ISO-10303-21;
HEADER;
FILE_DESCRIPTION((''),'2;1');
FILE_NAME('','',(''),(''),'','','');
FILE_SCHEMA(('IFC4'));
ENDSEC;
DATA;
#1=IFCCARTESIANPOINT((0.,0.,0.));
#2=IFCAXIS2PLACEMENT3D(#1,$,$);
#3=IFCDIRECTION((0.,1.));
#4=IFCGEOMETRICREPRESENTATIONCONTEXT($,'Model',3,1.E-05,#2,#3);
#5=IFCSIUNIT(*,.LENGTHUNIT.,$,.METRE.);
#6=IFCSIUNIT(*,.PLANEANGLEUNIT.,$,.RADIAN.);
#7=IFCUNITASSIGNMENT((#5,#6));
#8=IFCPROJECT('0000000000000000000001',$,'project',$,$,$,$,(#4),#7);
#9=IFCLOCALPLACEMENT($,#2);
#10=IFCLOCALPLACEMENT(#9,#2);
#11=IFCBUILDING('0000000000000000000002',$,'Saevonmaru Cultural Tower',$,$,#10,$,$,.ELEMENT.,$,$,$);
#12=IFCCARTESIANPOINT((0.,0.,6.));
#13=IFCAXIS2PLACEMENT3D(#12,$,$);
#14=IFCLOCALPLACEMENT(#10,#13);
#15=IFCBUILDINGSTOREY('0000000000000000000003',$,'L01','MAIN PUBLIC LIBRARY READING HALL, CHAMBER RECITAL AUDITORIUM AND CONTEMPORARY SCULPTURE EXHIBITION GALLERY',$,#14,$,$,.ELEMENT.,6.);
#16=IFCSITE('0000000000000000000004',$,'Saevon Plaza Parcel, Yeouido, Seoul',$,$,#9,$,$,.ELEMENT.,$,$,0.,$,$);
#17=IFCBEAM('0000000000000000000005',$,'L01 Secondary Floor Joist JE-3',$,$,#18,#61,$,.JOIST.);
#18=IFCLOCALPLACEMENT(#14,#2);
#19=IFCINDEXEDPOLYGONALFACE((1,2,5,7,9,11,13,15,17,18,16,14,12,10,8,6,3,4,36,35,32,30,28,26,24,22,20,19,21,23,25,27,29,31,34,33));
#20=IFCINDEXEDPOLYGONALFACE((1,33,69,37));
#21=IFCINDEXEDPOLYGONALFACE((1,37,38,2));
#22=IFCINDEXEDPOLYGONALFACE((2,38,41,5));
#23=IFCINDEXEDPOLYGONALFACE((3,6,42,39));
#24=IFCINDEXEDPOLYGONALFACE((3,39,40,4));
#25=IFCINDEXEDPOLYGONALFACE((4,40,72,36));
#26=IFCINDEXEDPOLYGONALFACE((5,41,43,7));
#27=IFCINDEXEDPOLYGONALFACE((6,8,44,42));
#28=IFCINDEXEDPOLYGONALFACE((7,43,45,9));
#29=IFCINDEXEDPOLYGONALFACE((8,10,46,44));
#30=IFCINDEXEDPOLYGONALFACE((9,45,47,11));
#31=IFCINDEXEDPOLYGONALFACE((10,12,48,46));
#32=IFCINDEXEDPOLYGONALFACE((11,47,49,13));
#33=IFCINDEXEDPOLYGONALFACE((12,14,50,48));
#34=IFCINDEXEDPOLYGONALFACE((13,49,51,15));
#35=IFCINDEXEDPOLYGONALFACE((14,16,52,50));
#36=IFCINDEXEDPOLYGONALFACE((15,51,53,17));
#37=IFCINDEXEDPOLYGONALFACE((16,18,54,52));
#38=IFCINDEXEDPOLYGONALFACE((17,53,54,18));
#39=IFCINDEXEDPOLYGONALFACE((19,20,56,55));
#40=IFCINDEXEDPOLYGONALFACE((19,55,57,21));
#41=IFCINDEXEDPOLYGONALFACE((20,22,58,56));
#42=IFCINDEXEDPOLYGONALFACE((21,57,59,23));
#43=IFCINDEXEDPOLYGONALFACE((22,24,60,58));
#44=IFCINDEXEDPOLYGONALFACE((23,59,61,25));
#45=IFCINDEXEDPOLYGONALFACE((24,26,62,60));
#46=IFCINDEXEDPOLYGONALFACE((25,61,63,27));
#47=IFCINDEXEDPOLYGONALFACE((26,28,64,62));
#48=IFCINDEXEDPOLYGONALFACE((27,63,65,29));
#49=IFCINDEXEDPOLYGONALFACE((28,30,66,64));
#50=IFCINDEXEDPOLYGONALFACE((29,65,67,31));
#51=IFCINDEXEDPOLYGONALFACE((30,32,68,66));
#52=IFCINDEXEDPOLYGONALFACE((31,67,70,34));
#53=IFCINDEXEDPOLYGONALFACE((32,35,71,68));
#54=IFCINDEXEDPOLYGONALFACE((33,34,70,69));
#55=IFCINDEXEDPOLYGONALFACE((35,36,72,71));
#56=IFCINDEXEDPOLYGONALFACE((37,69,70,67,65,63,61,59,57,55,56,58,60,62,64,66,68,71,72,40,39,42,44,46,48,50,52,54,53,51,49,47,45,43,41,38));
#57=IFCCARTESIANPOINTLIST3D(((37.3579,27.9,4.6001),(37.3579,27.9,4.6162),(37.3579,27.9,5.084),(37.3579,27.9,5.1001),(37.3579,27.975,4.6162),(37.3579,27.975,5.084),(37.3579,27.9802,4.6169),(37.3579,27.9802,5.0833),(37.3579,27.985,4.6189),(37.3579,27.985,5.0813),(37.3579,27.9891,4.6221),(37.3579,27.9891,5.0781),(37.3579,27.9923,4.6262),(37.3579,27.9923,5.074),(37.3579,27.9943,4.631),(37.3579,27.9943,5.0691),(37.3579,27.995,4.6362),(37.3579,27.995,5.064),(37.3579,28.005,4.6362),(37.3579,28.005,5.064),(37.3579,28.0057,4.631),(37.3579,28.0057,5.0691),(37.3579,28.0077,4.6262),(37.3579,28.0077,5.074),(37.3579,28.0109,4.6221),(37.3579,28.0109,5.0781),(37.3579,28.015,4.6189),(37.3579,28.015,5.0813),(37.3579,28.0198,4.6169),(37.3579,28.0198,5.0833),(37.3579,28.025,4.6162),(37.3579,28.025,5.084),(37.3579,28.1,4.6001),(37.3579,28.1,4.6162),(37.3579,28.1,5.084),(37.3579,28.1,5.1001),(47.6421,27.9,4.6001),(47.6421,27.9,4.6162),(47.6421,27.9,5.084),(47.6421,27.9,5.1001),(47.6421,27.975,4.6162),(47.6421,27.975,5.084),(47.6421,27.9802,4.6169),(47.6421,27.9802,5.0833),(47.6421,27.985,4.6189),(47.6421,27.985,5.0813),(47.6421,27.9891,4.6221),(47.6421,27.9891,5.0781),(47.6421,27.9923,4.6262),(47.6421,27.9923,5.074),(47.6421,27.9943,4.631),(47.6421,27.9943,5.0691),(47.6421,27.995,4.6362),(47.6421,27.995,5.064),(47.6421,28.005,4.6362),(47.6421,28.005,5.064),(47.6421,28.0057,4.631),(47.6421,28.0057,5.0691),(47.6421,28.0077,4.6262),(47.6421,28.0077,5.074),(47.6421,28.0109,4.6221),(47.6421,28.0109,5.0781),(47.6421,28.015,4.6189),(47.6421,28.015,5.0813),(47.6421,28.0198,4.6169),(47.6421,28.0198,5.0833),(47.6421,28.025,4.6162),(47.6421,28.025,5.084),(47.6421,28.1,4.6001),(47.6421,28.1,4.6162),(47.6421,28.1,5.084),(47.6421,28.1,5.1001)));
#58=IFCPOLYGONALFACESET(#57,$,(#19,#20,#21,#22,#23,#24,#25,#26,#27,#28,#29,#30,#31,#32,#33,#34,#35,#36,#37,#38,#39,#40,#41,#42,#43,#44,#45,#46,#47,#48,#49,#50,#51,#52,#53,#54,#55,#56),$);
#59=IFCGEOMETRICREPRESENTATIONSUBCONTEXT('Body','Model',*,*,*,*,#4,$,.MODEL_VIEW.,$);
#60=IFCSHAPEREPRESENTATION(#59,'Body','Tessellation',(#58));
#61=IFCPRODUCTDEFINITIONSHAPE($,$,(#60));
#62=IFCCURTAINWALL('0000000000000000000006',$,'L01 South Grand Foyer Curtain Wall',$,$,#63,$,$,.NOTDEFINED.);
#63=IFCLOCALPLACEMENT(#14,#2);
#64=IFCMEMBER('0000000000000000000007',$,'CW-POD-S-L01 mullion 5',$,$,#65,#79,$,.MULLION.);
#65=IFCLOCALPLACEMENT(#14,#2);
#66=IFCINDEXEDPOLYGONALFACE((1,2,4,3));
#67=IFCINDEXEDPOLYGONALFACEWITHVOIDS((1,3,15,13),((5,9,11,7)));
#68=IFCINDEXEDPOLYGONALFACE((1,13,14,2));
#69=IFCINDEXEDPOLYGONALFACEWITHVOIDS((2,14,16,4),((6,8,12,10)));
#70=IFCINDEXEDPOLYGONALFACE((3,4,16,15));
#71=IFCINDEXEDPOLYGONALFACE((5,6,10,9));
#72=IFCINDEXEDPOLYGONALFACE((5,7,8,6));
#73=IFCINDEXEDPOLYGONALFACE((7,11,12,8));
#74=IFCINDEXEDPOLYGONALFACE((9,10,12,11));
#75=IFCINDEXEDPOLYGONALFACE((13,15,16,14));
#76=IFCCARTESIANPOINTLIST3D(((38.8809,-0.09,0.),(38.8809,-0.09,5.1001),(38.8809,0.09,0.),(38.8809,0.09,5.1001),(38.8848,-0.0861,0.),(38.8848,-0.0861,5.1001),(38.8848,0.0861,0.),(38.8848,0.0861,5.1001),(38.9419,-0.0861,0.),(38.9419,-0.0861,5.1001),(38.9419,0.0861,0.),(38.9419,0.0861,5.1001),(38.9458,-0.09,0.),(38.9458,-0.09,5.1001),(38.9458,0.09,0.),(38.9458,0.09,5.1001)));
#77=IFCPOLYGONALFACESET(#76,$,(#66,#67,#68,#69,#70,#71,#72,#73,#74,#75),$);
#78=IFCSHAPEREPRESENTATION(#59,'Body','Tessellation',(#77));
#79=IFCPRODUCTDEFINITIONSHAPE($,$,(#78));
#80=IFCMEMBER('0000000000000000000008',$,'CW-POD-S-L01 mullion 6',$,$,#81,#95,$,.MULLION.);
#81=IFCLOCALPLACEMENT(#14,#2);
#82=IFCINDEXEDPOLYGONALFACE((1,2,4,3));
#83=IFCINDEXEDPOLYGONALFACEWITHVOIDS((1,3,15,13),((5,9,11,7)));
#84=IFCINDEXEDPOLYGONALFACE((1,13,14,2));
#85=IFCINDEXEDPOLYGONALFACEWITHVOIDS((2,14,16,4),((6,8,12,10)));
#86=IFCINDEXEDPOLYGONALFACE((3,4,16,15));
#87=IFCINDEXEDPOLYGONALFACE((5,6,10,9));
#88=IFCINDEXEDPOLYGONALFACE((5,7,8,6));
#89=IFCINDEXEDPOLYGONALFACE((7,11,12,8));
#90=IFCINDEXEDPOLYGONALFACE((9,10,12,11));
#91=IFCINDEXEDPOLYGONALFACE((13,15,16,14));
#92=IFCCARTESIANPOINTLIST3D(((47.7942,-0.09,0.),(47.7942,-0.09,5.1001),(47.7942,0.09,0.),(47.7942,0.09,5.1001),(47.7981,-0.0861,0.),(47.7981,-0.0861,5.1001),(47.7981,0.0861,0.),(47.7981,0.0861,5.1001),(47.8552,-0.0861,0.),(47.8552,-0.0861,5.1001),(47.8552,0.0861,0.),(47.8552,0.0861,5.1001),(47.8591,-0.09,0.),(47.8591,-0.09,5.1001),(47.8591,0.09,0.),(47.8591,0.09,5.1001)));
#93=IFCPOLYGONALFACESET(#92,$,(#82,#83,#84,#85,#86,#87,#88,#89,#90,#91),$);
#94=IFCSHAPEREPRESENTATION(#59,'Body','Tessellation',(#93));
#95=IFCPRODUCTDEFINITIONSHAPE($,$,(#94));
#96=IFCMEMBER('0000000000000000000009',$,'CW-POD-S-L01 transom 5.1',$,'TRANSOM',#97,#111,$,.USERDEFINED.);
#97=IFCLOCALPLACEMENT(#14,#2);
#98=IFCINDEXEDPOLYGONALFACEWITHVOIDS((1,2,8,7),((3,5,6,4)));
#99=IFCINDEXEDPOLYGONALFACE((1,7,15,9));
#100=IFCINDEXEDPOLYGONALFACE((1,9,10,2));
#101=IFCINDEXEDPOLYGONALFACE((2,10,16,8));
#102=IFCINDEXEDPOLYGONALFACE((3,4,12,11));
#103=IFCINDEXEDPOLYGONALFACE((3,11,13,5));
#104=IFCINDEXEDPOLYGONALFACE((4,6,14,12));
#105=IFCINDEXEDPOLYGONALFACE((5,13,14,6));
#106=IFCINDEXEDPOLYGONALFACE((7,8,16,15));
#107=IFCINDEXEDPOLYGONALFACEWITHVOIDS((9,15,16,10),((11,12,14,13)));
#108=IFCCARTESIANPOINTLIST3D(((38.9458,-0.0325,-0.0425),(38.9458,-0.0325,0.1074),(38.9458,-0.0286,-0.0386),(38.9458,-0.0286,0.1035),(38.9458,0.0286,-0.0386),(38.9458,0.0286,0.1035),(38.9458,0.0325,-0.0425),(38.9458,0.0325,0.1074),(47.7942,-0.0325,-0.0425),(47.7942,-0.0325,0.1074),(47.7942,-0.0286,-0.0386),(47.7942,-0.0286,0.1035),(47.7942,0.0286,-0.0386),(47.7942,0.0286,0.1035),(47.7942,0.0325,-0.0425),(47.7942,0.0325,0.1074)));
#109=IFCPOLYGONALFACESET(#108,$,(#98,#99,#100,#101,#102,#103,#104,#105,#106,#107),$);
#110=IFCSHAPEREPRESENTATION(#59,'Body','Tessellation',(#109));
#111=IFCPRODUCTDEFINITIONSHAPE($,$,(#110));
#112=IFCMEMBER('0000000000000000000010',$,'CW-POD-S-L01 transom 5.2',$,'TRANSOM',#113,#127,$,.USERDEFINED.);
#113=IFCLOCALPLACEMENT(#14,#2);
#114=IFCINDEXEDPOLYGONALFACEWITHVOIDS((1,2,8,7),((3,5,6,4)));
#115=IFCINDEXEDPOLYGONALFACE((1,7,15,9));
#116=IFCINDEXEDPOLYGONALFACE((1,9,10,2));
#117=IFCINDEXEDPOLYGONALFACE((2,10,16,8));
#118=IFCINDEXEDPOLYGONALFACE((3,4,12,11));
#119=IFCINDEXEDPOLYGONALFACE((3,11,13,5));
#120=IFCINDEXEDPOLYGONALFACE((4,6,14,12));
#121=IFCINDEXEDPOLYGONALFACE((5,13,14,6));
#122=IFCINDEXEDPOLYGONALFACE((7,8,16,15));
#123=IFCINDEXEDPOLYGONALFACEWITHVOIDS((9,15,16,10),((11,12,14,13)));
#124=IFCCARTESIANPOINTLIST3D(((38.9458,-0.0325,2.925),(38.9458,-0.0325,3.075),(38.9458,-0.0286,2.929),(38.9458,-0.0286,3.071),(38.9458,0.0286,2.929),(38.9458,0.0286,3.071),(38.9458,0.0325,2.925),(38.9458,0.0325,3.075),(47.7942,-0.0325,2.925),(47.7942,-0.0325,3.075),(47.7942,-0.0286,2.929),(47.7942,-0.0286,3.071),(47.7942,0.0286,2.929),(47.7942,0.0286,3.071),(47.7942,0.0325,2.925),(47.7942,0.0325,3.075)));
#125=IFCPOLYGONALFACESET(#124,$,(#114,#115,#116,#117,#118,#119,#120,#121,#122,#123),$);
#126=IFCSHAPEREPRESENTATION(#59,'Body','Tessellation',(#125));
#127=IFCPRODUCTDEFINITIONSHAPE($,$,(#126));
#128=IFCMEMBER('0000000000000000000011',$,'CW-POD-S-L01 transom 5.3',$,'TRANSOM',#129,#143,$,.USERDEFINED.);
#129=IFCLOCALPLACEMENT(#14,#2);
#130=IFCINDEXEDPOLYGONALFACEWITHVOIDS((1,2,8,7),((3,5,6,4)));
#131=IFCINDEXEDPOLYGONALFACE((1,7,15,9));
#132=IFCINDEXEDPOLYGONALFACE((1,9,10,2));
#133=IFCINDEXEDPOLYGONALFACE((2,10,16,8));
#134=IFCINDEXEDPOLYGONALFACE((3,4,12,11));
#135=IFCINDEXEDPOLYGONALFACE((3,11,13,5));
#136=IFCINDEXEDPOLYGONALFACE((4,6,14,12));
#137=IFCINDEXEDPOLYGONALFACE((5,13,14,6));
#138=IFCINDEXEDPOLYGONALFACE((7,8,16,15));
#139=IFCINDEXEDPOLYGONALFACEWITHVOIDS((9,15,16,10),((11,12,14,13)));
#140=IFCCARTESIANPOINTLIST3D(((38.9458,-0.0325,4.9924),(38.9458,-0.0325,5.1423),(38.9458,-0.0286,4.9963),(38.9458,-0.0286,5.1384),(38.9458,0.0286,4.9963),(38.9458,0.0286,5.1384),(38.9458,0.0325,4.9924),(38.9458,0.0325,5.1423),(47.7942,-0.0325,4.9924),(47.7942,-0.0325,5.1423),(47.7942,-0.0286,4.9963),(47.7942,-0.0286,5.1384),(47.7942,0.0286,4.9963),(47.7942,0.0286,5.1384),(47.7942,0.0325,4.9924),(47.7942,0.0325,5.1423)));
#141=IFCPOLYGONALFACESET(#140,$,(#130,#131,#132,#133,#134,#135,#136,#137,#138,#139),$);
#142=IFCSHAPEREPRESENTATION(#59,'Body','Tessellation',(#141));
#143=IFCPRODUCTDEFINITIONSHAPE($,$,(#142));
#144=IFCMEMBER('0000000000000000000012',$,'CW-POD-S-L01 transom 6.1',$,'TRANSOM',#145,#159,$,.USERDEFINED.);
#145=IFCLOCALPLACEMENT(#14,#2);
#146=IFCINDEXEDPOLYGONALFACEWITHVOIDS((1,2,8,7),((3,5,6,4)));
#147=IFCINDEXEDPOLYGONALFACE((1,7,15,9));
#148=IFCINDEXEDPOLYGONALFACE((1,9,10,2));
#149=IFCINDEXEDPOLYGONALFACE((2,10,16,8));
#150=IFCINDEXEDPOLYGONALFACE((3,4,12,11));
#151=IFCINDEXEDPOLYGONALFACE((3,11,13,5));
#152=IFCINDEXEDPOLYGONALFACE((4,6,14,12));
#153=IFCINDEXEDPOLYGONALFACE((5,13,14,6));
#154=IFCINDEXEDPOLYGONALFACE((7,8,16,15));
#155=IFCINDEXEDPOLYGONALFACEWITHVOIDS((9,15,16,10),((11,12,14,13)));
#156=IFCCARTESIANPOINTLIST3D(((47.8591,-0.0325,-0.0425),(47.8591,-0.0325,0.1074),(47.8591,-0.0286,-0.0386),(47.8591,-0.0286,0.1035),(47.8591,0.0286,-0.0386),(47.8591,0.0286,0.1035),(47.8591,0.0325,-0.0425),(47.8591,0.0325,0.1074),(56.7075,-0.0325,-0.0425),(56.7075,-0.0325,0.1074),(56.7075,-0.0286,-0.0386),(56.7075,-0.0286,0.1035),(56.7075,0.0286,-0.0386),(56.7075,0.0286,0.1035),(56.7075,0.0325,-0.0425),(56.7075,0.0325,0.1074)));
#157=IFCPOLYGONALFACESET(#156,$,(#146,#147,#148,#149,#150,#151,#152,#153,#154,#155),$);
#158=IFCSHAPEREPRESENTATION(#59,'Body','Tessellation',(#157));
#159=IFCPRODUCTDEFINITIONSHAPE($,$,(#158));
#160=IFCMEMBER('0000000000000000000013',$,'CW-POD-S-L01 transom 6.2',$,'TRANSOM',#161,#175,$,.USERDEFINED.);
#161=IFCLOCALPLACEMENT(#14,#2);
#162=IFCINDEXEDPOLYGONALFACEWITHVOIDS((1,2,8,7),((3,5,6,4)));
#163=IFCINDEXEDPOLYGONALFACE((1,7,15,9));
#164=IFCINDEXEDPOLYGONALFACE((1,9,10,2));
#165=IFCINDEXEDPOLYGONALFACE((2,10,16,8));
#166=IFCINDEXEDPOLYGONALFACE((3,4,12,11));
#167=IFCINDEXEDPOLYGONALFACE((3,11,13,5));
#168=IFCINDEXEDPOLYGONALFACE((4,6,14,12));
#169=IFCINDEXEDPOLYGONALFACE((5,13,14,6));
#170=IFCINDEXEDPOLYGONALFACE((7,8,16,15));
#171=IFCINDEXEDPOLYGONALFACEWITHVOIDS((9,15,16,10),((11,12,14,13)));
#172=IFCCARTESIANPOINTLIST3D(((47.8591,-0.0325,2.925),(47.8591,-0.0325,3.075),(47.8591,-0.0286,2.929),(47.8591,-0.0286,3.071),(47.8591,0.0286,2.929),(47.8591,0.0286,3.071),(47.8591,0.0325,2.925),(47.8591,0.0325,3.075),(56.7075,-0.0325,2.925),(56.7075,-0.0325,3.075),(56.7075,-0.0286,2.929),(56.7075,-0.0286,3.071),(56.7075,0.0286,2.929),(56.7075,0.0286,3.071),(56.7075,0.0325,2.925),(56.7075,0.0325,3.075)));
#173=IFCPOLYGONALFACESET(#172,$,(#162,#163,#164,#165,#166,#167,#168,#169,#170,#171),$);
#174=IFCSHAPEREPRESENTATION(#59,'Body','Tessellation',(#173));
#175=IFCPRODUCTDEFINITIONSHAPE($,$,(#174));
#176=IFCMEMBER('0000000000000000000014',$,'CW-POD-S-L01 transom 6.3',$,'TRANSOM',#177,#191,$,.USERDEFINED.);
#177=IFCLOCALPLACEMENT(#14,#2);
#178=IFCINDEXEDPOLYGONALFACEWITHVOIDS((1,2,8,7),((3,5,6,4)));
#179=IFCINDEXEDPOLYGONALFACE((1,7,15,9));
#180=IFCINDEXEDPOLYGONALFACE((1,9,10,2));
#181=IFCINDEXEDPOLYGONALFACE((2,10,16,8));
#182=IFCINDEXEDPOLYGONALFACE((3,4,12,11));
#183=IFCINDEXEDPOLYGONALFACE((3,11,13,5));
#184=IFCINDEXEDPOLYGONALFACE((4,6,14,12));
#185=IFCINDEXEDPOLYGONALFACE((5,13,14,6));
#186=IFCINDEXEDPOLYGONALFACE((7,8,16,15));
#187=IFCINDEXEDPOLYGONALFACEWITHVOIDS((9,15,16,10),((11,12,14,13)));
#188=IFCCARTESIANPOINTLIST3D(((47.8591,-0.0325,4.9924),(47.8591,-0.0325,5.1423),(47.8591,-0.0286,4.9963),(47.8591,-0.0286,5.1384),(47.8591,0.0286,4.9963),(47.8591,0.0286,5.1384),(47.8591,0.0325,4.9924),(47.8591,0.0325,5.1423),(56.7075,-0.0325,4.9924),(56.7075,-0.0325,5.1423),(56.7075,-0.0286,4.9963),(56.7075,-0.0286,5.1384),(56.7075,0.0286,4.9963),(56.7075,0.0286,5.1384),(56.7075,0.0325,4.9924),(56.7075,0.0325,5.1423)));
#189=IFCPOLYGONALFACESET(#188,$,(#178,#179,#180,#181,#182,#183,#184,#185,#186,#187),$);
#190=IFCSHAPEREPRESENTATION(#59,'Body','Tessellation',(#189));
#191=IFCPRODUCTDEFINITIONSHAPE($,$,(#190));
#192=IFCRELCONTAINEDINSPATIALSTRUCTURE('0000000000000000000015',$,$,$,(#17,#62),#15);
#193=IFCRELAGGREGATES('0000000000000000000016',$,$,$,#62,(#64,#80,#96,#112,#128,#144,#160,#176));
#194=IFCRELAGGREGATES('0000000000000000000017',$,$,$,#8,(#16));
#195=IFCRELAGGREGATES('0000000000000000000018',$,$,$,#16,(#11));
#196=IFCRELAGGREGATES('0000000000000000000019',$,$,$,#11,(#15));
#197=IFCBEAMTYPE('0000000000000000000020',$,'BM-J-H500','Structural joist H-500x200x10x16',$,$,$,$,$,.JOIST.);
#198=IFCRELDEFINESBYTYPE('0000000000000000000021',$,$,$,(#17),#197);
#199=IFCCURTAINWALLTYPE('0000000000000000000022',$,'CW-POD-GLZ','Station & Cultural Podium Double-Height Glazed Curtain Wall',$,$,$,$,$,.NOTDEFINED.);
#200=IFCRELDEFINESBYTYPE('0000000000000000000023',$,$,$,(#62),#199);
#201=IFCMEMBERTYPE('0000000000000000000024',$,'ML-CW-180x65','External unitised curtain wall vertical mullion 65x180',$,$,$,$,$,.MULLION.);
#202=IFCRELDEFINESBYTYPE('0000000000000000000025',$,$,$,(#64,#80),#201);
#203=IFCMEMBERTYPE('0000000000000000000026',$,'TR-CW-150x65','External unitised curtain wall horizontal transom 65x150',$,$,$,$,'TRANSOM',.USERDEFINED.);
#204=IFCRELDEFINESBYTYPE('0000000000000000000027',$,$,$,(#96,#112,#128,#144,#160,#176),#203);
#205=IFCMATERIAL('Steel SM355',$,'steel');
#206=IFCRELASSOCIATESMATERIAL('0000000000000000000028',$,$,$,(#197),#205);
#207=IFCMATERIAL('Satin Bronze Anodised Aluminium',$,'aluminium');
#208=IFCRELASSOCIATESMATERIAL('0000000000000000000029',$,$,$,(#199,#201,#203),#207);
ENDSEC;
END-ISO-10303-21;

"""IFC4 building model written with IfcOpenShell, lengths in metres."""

from ifc_helpers import new_model, si_unit, direction, frame, origin, origin_2d, place, context, subcontext, project, spatial, hollow_rectangle, i_section, extrude, material, material_profile, profile_set, type_object, element, aggregate, save


model = new_model("IFC4")

# Units and contexts
model_context = context("Model", 3, precision=1e-05, world=origin(), true_north=direction((0.0, 1.0)))
body_context = subcontext(model_context, "Body", "Model", "MODEL_VIEW")
ifc_project = project(units=[si_unit("LENGTHUNIT", "METRE"), si_unit("PLANEANGLEUNIT", "RADIAN")], contexts=[model_context])

# Site, building, storey
site_placement = place(None, origin())
site = spatial("IfcSite", under=ifc_project, at=site_placement, Name="Saevon Plaza Parcel, Yeouido, Seoul", CompositionType="ELEMENT", RefElevation=0.0)
building_placement = place(site_placement, origin())
building = spatial("IfcBuilding", under=site, at=building_placement, Name="Saevonmaru Cultural Tower", CompositionType="ELEMENT")
storey_placement = place(building_placement, frame((0.0, 0.0, 6.0)))
storey = spatial("IfcBuildingStorey", under=building, at=storey_placement, Name="L01", Description="MAIN PUBLIC LIBRARY READING HALL, CHAMBER RECITAL AUDITORIUM AND CONTEMPORARY SCULPTURE EXHIBITION GALLERY", CompositionType="ELEMENT", Elevation=6.0)

# Beam
ifc_material_1 = material(Name="Steel SM355", Category="steel")
ifc_material_profile_1 = material_profile(ifc_material_1, i_section(OverallWidth=0.2, OverallDepth=0.5, WebThickness=0.01, FlangeThickness=0.0161, FilletRadius=0.02, at=origin_2d()), Name="H-500x200x10x16")
ifc_profile_set_1 = profile_set([ifc_material_profile_1], Name="Steel SM355")
beam_type_1 = type_object("IfcBeamType", Name="BM-J-H500", Description="Structural joist H-500x200x10x16", PredefinedType="JOIST", material=ifc_profile_set_1)
for number, where, z_axis, x_axis, name in (
    (1, (37.3579, 28.0, 4.8501), (1.0, 0.0, 0.0), (0.0, 1.0, 0.0), "L01 Secondary Floor Joist JE-3"),
):
    element("IfcBeam", number, at=place(storey_placement, frame(where, z_axis=z_axis, x_axis=x_axis)), inside=storey, type_object=beam_type_1, Name=name, PredefinedType="JOIST", context=body_context, shape_type="SweptSolid", body=[
        extrude(i_section(OverallWidth=0.2, OverallDepth=0.5, WebThickness=0.01, FlangeThickness=0.0161, FilletRadius=0.02, at=origin_2d()), origin(), (0.0, 0.0, 1.0), 10.2842),
    ])

# Curtain wall, members
ifc_material_2 = material(Name="Satin Bronze Anodised Aluminium", Category="aluminium")
curtain_wall_type = type_object("IfcCurtainWallType", Name="CW-POD-GLZ", Description="Station & Cultural Podium Double-Height Glazed Curtain Wall", PredefinedType="NOTDEFINED", material=ifc_material_2)
curtain_wall_placement = place(storey_placement, origin())
curtain_wall = element("IfcCurtainWall", 2, at=curtain_wall_placement, inside=storey, type_object=curtain_wall_type, Name="L01 South Grand Foyer Curtain Wall", PredefinedType="NOTDEFINED")
ifc_material_profile_2 = material_profile(ifc_material_2, hollow_rectangle(XDim=0.0649, YDim=0.1799, WallThickness=0.0039, at=origin_2d()), Name="ALU-MULL-180x65x4")
ifc_profile_set_2 = profile_set([ifc_material_profile_2], Name="Satin Bronze Anodised Aluminium")
member_type_1 = type_object("IfcMemberType", Name="ML-CW-180x65", Description="External unitised curtain wall vertical mullion 65x180", PredefinedType="MULLION", material=ifc_profile_set_2)
member_1_placement = place(storey_placement, frame((38.9133, 0.0, 0.0), z_axis=(0.0, 0.0, 1.0), x_axis=(1.0, 0.0, 0.0)))
member_1 = element("IfcMember", 3, at=member_1_placement, type_object=member_type_1, Name="CW-POD-S-L01 mullion 5", PredefinedType="MULLION", context=body_context, shape_type="SweptSolid", body=[
    extrude(hollow_rectangle(XDim=0.0649, YDim=0.1799, WallThickness=0.0039, at=origin_2d()), origin(), (0.0, 0.0, 1.0), 5.1001),
])
member_2_placement = place(storey_placement, frame((47.8267, 0.0, 0.0), z_axis=(0.0, 0.0, 1.0), x_axis=(1.0, 0.0, 0.0)))
member_2 = element("IfcMember", 4, at=member_2_placement, type_object=member_type_1, Name="CW-POD-S-L01 mullion 6", PredefinedType="MULLION", context=body_context, shape_type="SweptSolid", body=[
    extrude(hollow_rectangle(XDim=0.0649, YDim=0.1799, WallThickness=0.0039, at=origin_2d()), origin(), (0.0, 0.0, 1.0), 5.1001),
])
ifc_material_profile_3 = material_profile(ifc_material_2, hollow_rectangle(XDim=0.0649, YDim=0.1499, WallThickness=0.0039, at=origin_2d()), Name="ALU-TRAN-150x65x4")
ifc_profile_set_3 = profile_set([ifc_material_profile_3], Name="Satin Bronze Anodised Aluminium")
member_type_2 = type_object("IfcMemberType", Name="TR-CW-150x65", Description="External unitised curtain wall horizontal transom 65x150", ElementType="TRANSOM", PredefinedType="USERDEFINED", material=ifc_profile_set_3)
member_3_placement = place(storey_placement, frame((38.9458, 0.0, 0.0325), z_axis=(1.0, 0.0, 0.0), x_axis=(0.0, 1.0, 0.0)))
member_3 = element("IfcMember", 5, at=member_3_placement, type_object=member_type_2, Name="CW-POD-S-L01 transom 5.1", ObjectType="TRANSOM", PredefinedType="USERDEFINED", context=body_context, shape_type="SweptSolid", body=[
    extrude(hollow_rectangle(XDim=0.0649, YDim=0.1499, WallThickness=0.0039, at=origin_2d()), origin(), (0.0, 0.0, 1.0), 8.8484),
])
member_4_placement = place(storey_placement, frame((38.9458, 0.0, 3.0), z_axis=(1.0, 0.0, 0.0), x_axis=(0.0, 1.0, 0.0)))
member_4 = element("IfcMember", 6, at=member_4_placement, type_object=member_type_2, Name="CW-POD-S-L01 transom 5.2", ObjectType="TRANSOM", PredefinedType="USERDEFINED", context=body_context, shape_type="SweptSolid", body=[
    extrude(hollow_rectangle(XDim=0.0649, YDim=0.1499, WallThickness=0.0039, at=origin_2d()), origin(), (0.0, 0.0, 1.0), 8.8484),
])
member_5_placement = place(storey_placement, frame((38.9458, 0.0, 5.0674), z_axis=(1.0, 0.0, 0.0), x_axis=(0.0, 1.0, 0.0)))
member_5 = element("IfcMember", 7, at=member_5_placement, type_object=member_type_2, Name="CW-POD-S-L01 transom 5.3", ObjectType="TRANSOM", PredefinedType="USERDEFINED", context=body_context, shape_type="SweptSolid", body=[
    extrude(hollow_rectangle(XDim=0.0649, YDim=0.1499, WallThickness=0.0039, at=origin_2d()), origin(), (0.0, 0.0, 1.0), 8.8484),
])
member_6_placement = place(storey_placement, frame((47.8591, 0.0, 0.0325), z_axis=(1.0, 0.0, 0.0), x_axis=(0.0, 1.0, 0.0)))
member_6 = element("IfcMember", 8, at=member_6_placement, type_object=member_type_2, Name="CW-POD-S-L01 transom 6.1", ObjectType="TRANSOM", PredefinedType="USERDEFINED", context=body_context, shape_type="SweptSolid", body=[
    extrude(hollow_rectangle(XDim=0.0649, YDim=0.1499, WallThickness=0.0039, at=origin_2d()), origin(), (0.0, 0.0, 1.0), 8.8484),
])
member_7_placement = place(storey_placement, frame((47.8591, 0.0, 3.0), z_axis=(1.0, 0.0, 0.0), x_axis=(0.0, 1.0, 0.0)))
member_7 = element("IfcMember", 9, at=member_7_placement, type_object=member_type_2, Name="CW-POD-S-L01 transom 6.2", ObjectType="TRANSOM", PredefinedType="USERDEFINED", context=body_context, shape_type="SweptSolid", body=[
    extrude(hollow_rectangle(XDim=0.0649, YDim=0.1499, WallThickness=0.0039, at=origin_2d()), origin(), (0.0, 0.0, 1.0), 8.8484),
])
member_8_placement = place(storey_placement, frame((47.8591, 0.0, 5.0674), z_axis=(1.0, 0.0, 0.0), x_axis=(0.0, 1.0, 0.0)))
member_8 = element("IfcMember", 10, at=member_8_placement, type_object=member_type_2, Name="CW-POD-S-L01 transom 6.3", ObjectType="TRANSOM", PredefinedType="USERDEFINED", context=body_context, shape_type="SweptSolid", body=[
    extrude(hollow_rectangle(XDim=0.0649, YDim=0.1499, WallThickness=0.0039, at=origin_2d()), origin(), (0.0, 0.0, 1.0), 8.8484),
])
aggregate(curtain_wall, [member_1, member_2, member_3, member_4, member_5, member_6, member_7, member_8])

save(model, "model.ifc")
